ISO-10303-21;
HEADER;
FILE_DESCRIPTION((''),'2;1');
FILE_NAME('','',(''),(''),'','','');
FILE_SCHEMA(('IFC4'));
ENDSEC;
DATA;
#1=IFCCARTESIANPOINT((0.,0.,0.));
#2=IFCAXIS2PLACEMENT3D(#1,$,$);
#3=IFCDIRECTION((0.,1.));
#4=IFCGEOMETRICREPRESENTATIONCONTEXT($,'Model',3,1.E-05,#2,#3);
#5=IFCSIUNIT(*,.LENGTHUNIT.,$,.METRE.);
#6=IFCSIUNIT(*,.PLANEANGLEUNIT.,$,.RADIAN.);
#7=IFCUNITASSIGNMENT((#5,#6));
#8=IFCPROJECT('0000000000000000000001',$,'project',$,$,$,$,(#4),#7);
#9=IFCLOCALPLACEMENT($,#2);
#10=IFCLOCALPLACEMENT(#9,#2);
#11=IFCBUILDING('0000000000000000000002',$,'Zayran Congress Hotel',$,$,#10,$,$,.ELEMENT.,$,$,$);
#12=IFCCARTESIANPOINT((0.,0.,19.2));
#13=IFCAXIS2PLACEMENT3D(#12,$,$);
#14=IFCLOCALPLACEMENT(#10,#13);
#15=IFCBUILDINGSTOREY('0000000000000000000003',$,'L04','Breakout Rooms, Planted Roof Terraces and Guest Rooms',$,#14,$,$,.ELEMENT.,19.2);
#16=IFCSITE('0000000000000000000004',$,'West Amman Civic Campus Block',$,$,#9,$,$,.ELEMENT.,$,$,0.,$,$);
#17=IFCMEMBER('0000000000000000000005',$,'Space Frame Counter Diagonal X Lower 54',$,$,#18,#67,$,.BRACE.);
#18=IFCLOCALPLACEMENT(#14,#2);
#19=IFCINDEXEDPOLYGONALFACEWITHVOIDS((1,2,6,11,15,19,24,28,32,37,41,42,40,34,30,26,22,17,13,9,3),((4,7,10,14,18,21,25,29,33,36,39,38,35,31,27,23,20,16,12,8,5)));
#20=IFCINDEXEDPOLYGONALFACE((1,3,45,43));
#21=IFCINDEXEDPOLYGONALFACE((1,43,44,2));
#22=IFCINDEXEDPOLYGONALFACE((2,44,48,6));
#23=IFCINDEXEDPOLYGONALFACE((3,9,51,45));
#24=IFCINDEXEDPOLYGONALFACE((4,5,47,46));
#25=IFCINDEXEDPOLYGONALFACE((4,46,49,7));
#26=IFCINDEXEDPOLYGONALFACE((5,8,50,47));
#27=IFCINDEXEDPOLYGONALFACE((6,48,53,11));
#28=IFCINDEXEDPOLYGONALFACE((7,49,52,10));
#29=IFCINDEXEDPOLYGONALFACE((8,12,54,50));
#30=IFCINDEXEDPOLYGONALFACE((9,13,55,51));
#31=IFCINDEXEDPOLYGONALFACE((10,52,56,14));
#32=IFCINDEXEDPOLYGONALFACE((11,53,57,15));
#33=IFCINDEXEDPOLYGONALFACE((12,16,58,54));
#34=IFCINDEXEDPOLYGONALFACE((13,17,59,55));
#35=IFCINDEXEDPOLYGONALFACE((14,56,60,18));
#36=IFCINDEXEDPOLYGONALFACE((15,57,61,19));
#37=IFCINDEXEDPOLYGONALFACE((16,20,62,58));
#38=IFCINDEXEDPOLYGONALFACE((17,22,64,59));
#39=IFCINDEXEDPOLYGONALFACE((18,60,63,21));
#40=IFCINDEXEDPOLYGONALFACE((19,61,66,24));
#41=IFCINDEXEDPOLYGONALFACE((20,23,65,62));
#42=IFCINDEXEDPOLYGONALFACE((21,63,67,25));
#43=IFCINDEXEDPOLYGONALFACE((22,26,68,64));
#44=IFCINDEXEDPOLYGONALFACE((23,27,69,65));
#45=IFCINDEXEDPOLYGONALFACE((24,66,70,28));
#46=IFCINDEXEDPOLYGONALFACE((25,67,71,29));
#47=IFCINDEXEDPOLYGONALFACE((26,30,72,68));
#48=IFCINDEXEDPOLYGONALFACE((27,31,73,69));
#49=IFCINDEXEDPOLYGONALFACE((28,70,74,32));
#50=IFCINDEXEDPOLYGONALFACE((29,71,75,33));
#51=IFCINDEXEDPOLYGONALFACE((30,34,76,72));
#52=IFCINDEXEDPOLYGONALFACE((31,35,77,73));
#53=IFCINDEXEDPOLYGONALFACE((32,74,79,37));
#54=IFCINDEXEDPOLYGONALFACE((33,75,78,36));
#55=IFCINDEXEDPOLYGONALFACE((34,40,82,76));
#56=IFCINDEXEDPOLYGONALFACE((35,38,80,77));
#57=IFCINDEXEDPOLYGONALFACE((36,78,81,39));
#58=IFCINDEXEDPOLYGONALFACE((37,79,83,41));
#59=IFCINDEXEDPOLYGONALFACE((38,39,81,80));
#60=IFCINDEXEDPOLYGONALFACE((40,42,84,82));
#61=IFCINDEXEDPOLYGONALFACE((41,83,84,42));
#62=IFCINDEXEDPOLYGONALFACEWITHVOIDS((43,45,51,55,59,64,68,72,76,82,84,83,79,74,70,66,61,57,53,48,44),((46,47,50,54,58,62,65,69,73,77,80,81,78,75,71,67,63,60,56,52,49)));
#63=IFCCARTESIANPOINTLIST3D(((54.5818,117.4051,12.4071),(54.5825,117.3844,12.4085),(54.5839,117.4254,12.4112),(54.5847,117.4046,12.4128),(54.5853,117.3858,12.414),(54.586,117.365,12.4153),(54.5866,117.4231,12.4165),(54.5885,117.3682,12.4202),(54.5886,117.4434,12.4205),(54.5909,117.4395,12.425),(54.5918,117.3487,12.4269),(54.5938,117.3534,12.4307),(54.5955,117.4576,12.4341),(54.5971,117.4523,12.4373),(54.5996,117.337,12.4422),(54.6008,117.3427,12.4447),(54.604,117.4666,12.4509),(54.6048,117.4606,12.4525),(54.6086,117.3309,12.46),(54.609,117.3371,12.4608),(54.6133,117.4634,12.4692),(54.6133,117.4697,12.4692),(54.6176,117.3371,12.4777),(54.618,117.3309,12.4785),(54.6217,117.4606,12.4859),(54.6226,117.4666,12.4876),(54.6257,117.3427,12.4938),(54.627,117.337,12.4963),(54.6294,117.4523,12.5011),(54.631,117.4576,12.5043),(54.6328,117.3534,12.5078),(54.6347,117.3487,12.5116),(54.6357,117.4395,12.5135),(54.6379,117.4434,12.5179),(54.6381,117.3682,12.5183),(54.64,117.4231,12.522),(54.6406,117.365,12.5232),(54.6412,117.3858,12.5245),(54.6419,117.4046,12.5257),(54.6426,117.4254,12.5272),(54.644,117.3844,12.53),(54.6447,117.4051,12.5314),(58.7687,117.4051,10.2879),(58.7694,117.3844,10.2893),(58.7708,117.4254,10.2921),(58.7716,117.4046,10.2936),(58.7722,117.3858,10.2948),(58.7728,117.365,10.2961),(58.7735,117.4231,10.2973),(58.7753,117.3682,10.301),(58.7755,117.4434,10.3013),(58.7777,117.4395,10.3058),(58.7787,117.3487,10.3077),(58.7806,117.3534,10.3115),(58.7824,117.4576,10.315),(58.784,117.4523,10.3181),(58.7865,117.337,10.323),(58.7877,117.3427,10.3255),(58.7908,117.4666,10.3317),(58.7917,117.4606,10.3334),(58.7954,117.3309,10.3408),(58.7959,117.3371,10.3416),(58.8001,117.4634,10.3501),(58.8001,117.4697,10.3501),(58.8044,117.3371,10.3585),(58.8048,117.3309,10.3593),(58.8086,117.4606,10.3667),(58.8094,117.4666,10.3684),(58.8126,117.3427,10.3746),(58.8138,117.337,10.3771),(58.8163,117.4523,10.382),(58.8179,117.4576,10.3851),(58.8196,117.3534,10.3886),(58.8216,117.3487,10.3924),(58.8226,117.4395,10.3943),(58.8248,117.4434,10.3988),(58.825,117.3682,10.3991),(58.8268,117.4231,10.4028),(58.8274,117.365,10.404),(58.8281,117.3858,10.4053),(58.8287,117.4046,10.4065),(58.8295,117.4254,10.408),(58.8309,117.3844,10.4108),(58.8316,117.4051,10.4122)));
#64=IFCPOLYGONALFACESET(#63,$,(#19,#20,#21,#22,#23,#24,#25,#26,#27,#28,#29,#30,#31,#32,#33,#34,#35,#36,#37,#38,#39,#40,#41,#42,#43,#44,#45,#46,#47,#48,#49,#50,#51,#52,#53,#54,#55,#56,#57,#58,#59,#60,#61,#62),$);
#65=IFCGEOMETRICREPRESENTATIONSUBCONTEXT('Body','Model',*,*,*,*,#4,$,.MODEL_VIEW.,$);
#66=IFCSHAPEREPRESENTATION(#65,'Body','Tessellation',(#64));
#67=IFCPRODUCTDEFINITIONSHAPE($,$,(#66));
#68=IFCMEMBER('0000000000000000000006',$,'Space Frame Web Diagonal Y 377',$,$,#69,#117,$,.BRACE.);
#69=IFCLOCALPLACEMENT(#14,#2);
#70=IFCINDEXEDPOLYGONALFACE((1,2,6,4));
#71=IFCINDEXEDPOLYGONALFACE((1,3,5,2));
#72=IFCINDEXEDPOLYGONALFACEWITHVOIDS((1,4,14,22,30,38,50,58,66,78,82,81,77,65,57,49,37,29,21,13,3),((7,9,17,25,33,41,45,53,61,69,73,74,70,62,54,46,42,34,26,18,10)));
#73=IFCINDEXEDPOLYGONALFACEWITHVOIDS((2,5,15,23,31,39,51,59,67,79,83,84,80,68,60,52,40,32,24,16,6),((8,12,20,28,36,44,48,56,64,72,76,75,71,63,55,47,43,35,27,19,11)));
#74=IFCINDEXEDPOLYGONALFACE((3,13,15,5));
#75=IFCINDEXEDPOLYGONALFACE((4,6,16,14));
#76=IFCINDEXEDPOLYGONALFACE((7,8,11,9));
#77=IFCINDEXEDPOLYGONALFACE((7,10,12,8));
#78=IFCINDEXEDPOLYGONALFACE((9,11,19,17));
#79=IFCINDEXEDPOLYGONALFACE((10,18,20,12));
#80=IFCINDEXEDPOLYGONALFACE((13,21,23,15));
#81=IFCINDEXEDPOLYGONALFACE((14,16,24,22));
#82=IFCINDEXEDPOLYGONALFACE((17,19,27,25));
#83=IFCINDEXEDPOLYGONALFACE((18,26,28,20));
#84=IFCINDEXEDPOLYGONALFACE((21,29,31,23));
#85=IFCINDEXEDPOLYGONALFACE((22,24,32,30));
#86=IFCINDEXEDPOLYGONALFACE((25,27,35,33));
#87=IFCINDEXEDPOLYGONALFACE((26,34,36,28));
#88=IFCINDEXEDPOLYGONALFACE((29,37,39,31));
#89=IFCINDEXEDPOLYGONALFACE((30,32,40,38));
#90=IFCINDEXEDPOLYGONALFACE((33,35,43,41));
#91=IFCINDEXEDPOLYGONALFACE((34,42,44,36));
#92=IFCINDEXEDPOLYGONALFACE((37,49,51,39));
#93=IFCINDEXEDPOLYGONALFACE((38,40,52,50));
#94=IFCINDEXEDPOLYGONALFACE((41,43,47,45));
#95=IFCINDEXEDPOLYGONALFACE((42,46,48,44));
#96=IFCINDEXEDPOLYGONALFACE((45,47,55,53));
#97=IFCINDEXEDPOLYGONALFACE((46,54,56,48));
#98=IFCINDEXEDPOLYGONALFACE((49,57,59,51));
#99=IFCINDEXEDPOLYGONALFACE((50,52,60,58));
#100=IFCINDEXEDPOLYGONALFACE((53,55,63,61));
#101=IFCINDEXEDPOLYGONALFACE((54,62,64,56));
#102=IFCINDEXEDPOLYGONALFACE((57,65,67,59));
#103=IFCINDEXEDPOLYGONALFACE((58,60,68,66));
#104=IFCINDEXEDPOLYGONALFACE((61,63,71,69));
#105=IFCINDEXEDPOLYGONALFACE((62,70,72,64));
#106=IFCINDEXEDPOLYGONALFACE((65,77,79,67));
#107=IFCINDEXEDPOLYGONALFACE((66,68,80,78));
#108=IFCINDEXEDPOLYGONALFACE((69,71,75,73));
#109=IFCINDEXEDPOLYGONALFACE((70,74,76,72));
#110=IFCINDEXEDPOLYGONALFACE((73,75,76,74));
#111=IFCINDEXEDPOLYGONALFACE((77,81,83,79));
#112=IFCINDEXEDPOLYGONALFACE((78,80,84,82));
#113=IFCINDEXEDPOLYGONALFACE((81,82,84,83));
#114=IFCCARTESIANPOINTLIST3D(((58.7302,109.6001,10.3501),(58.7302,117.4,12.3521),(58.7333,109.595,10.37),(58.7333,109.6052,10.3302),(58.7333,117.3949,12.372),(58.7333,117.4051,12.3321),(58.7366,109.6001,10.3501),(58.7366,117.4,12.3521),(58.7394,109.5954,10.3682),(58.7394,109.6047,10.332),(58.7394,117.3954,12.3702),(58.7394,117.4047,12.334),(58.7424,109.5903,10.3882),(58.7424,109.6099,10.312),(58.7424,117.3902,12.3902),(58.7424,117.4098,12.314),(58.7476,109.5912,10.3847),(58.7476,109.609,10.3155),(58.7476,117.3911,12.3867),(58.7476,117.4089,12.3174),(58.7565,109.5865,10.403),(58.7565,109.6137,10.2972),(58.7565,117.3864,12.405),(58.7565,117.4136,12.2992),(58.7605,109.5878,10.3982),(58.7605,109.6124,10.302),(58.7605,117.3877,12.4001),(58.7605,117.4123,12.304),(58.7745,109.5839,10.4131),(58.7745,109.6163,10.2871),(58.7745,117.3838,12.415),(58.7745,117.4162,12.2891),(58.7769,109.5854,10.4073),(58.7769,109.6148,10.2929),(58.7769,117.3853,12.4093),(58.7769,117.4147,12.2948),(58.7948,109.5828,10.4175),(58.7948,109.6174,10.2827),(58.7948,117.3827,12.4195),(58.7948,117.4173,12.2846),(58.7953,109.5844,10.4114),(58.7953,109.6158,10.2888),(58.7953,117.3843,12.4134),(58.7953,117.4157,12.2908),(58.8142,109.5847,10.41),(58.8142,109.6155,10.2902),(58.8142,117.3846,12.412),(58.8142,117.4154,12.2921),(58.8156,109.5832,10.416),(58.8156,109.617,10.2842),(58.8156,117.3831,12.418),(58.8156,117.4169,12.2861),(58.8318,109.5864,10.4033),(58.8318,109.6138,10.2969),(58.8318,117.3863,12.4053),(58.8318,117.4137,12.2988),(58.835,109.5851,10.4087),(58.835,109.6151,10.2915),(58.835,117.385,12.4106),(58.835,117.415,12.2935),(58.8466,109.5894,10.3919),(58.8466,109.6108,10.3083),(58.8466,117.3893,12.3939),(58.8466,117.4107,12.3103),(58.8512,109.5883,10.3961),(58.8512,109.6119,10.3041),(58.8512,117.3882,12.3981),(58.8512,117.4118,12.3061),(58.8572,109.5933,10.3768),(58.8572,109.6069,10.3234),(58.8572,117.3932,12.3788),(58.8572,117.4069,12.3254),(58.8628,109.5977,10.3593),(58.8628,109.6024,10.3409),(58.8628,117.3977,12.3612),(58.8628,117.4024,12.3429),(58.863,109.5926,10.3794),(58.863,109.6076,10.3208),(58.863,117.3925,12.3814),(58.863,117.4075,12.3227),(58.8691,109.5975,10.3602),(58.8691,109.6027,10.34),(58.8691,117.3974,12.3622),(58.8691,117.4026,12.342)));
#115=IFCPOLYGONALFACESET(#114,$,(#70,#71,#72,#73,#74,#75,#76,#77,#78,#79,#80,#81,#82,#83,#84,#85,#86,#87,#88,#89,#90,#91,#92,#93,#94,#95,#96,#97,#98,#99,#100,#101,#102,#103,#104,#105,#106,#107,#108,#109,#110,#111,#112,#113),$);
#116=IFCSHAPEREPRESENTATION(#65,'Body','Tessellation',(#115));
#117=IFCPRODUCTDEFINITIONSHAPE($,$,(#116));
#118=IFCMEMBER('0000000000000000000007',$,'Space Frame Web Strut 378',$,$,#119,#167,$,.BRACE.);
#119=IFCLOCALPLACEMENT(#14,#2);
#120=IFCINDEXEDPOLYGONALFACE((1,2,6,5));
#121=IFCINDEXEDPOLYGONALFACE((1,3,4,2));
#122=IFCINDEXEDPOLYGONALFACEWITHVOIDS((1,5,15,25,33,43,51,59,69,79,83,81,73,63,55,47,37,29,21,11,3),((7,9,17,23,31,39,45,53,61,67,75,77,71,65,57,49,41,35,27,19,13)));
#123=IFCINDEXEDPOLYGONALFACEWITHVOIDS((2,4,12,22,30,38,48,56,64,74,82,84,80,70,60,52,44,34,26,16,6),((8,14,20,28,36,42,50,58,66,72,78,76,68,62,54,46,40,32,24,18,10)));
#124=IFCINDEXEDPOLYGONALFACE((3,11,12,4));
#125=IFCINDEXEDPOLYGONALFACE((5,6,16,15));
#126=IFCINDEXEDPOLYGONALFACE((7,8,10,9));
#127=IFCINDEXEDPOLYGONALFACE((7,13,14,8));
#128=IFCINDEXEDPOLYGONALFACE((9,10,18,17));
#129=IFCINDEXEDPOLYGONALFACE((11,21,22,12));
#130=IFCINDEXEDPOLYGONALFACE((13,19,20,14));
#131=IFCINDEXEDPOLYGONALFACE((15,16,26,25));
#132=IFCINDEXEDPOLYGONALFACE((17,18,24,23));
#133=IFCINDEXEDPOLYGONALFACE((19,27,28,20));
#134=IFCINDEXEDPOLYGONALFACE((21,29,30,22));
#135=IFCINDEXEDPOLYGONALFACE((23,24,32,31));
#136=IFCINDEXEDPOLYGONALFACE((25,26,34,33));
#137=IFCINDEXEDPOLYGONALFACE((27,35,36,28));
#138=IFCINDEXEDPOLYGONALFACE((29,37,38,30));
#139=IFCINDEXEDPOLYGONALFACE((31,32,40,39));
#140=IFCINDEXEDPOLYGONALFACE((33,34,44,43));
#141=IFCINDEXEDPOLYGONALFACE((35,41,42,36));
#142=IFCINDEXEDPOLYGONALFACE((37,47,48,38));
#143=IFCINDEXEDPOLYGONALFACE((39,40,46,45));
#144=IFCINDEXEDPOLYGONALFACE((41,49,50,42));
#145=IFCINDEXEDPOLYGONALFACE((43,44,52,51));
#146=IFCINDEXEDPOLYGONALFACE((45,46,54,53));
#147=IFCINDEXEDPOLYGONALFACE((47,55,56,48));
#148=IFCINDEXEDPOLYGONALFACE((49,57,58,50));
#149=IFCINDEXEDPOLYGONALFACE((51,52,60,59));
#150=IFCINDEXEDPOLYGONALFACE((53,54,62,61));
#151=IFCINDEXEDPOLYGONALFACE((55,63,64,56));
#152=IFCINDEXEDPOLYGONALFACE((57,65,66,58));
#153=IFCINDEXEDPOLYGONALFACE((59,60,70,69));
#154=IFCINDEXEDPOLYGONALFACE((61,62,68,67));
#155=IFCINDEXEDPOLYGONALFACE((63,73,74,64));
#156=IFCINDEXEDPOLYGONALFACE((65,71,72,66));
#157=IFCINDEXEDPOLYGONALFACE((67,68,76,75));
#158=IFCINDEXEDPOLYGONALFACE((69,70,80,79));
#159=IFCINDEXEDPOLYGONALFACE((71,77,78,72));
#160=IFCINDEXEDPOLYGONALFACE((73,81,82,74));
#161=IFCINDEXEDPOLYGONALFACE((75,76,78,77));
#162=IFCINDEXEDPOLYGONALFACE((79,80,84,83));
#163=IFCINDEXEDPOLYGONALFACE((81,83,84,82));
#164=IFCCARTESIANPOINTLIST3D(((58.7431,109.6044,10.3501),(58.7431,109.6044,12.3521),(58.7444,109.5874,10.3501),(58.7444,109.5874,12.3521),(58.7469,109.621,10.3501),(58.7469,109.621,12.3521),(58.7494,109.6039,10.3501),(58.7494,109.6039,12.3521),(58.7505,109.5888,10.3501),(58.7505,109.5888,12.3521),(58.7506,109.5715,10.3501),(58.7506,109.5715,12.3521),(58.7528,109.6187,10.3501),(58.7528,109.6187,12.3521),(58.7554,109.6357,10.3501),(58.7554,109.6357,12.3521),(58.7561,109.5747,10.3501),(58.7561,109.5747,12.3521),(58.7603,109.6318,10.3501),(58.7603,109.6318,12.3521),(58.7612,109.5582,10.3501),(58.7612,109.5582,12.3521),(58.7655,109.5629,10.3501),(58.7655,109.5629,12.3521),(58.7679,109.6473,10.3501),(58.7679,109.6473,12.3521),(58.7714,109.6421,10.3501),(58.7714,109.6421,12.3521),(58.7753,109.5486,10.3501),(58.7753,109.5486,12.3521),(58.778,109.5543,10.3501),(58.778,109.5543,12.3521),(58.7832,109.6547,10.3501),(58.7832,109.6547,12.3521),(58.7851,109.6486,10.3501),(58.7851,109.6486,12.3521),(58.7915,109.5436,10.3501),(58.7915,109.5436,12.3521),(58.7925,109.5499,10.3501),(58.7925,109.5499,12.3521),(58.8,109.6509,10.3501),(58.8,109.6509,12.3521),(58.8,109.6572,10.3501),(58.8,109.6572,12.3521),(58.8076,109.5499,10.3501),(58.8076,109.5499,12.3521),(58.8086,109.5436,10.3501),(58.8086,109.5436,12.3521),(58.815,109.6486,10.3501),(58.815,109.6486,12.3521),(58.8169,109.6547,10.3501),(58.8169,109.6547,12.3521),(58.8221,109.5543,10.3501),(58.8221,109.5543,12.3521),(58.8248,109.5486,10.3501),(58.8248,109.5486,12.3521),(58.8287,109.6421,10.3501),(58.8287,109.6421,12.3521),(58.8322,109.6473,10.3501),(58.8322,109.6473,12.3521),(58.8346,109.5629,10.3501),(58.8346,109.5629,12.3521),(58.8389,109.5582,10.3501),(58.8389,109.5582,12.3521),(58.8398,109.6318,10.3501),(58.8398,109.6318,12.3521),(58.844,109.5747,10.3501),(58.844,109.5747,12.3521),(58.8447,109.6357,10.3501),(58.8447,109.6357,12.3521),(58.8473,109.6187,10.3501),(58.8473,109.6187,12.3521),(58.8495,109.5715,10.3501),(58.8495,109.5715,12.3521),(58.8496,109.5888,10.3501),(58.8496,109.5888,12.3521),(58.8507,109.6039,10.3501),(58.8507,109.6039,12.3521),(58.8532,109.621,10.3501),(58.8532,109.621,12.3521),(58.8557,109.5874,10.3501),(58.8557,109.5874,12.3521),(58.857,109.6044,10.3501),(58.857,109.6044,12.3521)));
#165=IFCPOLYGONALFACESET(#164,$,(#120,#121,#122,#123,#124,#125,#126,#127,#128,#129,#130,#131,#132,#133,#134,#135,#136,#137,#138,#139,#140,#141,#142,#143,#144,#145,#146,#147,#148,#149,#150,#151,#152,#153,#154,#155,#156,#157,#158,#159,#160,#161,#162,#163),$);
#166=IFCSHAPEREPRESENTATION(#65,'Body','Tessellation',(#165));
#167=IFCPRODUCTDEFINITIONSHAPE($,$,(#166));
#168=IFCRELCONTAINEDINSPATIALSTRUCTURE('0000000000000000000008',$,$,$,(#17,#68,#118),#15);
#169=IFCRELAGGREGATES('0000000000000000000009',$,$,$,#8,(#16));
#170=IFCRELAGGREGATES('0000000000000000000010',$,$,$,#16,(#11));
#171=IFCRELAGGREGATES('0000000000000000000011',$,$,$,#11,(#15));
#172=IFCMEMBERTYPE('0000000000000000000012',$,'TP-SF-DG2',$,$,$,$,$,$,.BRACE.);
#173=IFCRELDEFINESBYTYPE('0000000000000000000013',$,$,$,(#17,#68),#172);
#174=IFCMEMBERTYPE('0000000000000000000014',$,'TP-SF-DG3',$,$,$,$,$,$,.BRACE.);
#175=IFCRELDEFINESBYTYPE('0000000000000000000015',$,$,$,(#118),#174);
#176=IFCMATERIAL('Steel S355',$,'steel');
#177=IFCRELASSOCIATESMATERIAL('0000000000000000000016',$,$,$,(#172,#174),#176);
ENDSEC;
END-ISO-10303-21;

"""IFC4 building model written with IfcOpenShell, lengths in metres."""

from ifc_helpers import new_model, si_unit, direction, frame, origin, origin_2d, place, context, subcontext, project, spatial, hollow_circle, extrude, material, material_profile, profile_set, type_object, element, save


model = new_model("IFC4")

# Units and contexts
model_context = context("Model", 3, precision=1e-05, world=origin(), true_north=direction((0.0, 1.0)))
body_context = subcontext(model_context, "Body", "Model", "MODEL_VIEW")
ifc_project = project(units=[si_unit("LENGTHUNIT", "METRE"), si_unit("PLANEANGLEUNIT", "RADIAN")], contexts=[model_context])

# Site, building, storey
site_placement = place(None, origin())
site = spatial("IfcSite", under=ifc_project, at=site_placement, Name="West Amman Civic Campus Block", CompositionType="ELEMENT", RefElevation=0.0)
building_placement = place(site_placement, origin())
building = spatial("IfcBuilding", under=site, at=building_placement, Name="Zayran Congress Hotel", CompositionType="ELEMENT")
storey_placement = place(building_placement, frame((0.0, 0.0, 19.2)))
storey = spatial("IfcBuildingStorey", under=building, at=storey_placement, Name="L04", Description="Breakout Rooms, Planted Roof Terraces and Guest Rooms", CompositionType="ELEMENT", Elevation=19.2)

# Members
ifc_material_1 = material(Name="Steel S355", Category="steel")
ifc_material_profile_1 = material_profile(ifc_material_1, hollow_circle(Radius=0.0698, WallThickness=0.0063, at=origin_2d()), Name="CHS 139.7x6.3")
ifc_profile_set_1 = profile_set([ifc_material_profile_1], Name="Steel S355")
member_type_1 = type_object("IfcMemberType", Name="TP-SF-DG2", PredefinedType="BRACE", material=ifc_profile_set_1)
member_1_placement = place(storey_placement, frame((54.6133, 117.3999, 12.4692), z_axis=(0.892221, 0.0, -0.451599), x_axis=(0.0, 1.0, 0.0)))
element("IfcMember", 1, at=member_1_placement, inside=storey, type_object=member_type_1, Name="Space Frame Counter Diagonal X Lower 54", PredefinedType="BRACE", context=body_context, shape_type="SweptSolid", body=[
    extrude(hollow_circle(Radius=0.0698, WallThickness=0.0063, at=origin_2d()), origin(), (0.0, 0.0, 1.0), 4.6926),
])
member_2_placement = place(storey_placement, frame((58.8, 109.6001, 10.3501), z_axis=(0.0, 0.968604, 0.248609), x_axis=(-1.0, 0.0, 0.0)))
element("IfcMember", 2, at=member_2_placement, inside=storey, type_object=member_type_1, Name="Space Frame Web Diagonal Y 377", PredefinedType="BRACE", context=body_context, shape_type="SweptSolid", body=[
    extrude(hollow_circle(Radius=0.0698, WallThickness=0.0063, at=origin_2d()), origin(), (0.0, 0.0, 1.0), 8.0527),
])
ifc_material_profile_2 = material_profile(ifc_material_1, hollow_circle(Radius=0.0571, WallThickness=0.0063, at=origin_2d()), Name="CHS 114.3x6.3")
ifc_profile_set_2 = profile_set([ifc_material_profile_2], Name="Steel S355")
member_type_2 = type_object("IfcMemberType", Name="TP-SF-DG3", PredefinedType="BRACE", material=ifc_profile_set_2)
for number, where, z_axis, x_axis, name in (
    (3, (58.8, 109.6001, 10.3501), (0.0, 0.0, 1.0), (0.0, 1.0, 0.0), "Space Frame Web Strut 378"),
):
    element("IfcMember", number, at=place(storey_placement, frame(where, z_axis=z_axis, x_axis=x_axis)), inside=storey, type_object=member_type_2, Name=name, PredefinedType="BRACE", context=body_context, shape_type="SweptSolid", body=[
        extrude(hollow_circle(Radius=0.0571, WallThickness=0.0063, at=origin_2d()), origin(), (0.0, 0.0, 1.0), 2.002),
    ])

save(model, "model.ifc")
